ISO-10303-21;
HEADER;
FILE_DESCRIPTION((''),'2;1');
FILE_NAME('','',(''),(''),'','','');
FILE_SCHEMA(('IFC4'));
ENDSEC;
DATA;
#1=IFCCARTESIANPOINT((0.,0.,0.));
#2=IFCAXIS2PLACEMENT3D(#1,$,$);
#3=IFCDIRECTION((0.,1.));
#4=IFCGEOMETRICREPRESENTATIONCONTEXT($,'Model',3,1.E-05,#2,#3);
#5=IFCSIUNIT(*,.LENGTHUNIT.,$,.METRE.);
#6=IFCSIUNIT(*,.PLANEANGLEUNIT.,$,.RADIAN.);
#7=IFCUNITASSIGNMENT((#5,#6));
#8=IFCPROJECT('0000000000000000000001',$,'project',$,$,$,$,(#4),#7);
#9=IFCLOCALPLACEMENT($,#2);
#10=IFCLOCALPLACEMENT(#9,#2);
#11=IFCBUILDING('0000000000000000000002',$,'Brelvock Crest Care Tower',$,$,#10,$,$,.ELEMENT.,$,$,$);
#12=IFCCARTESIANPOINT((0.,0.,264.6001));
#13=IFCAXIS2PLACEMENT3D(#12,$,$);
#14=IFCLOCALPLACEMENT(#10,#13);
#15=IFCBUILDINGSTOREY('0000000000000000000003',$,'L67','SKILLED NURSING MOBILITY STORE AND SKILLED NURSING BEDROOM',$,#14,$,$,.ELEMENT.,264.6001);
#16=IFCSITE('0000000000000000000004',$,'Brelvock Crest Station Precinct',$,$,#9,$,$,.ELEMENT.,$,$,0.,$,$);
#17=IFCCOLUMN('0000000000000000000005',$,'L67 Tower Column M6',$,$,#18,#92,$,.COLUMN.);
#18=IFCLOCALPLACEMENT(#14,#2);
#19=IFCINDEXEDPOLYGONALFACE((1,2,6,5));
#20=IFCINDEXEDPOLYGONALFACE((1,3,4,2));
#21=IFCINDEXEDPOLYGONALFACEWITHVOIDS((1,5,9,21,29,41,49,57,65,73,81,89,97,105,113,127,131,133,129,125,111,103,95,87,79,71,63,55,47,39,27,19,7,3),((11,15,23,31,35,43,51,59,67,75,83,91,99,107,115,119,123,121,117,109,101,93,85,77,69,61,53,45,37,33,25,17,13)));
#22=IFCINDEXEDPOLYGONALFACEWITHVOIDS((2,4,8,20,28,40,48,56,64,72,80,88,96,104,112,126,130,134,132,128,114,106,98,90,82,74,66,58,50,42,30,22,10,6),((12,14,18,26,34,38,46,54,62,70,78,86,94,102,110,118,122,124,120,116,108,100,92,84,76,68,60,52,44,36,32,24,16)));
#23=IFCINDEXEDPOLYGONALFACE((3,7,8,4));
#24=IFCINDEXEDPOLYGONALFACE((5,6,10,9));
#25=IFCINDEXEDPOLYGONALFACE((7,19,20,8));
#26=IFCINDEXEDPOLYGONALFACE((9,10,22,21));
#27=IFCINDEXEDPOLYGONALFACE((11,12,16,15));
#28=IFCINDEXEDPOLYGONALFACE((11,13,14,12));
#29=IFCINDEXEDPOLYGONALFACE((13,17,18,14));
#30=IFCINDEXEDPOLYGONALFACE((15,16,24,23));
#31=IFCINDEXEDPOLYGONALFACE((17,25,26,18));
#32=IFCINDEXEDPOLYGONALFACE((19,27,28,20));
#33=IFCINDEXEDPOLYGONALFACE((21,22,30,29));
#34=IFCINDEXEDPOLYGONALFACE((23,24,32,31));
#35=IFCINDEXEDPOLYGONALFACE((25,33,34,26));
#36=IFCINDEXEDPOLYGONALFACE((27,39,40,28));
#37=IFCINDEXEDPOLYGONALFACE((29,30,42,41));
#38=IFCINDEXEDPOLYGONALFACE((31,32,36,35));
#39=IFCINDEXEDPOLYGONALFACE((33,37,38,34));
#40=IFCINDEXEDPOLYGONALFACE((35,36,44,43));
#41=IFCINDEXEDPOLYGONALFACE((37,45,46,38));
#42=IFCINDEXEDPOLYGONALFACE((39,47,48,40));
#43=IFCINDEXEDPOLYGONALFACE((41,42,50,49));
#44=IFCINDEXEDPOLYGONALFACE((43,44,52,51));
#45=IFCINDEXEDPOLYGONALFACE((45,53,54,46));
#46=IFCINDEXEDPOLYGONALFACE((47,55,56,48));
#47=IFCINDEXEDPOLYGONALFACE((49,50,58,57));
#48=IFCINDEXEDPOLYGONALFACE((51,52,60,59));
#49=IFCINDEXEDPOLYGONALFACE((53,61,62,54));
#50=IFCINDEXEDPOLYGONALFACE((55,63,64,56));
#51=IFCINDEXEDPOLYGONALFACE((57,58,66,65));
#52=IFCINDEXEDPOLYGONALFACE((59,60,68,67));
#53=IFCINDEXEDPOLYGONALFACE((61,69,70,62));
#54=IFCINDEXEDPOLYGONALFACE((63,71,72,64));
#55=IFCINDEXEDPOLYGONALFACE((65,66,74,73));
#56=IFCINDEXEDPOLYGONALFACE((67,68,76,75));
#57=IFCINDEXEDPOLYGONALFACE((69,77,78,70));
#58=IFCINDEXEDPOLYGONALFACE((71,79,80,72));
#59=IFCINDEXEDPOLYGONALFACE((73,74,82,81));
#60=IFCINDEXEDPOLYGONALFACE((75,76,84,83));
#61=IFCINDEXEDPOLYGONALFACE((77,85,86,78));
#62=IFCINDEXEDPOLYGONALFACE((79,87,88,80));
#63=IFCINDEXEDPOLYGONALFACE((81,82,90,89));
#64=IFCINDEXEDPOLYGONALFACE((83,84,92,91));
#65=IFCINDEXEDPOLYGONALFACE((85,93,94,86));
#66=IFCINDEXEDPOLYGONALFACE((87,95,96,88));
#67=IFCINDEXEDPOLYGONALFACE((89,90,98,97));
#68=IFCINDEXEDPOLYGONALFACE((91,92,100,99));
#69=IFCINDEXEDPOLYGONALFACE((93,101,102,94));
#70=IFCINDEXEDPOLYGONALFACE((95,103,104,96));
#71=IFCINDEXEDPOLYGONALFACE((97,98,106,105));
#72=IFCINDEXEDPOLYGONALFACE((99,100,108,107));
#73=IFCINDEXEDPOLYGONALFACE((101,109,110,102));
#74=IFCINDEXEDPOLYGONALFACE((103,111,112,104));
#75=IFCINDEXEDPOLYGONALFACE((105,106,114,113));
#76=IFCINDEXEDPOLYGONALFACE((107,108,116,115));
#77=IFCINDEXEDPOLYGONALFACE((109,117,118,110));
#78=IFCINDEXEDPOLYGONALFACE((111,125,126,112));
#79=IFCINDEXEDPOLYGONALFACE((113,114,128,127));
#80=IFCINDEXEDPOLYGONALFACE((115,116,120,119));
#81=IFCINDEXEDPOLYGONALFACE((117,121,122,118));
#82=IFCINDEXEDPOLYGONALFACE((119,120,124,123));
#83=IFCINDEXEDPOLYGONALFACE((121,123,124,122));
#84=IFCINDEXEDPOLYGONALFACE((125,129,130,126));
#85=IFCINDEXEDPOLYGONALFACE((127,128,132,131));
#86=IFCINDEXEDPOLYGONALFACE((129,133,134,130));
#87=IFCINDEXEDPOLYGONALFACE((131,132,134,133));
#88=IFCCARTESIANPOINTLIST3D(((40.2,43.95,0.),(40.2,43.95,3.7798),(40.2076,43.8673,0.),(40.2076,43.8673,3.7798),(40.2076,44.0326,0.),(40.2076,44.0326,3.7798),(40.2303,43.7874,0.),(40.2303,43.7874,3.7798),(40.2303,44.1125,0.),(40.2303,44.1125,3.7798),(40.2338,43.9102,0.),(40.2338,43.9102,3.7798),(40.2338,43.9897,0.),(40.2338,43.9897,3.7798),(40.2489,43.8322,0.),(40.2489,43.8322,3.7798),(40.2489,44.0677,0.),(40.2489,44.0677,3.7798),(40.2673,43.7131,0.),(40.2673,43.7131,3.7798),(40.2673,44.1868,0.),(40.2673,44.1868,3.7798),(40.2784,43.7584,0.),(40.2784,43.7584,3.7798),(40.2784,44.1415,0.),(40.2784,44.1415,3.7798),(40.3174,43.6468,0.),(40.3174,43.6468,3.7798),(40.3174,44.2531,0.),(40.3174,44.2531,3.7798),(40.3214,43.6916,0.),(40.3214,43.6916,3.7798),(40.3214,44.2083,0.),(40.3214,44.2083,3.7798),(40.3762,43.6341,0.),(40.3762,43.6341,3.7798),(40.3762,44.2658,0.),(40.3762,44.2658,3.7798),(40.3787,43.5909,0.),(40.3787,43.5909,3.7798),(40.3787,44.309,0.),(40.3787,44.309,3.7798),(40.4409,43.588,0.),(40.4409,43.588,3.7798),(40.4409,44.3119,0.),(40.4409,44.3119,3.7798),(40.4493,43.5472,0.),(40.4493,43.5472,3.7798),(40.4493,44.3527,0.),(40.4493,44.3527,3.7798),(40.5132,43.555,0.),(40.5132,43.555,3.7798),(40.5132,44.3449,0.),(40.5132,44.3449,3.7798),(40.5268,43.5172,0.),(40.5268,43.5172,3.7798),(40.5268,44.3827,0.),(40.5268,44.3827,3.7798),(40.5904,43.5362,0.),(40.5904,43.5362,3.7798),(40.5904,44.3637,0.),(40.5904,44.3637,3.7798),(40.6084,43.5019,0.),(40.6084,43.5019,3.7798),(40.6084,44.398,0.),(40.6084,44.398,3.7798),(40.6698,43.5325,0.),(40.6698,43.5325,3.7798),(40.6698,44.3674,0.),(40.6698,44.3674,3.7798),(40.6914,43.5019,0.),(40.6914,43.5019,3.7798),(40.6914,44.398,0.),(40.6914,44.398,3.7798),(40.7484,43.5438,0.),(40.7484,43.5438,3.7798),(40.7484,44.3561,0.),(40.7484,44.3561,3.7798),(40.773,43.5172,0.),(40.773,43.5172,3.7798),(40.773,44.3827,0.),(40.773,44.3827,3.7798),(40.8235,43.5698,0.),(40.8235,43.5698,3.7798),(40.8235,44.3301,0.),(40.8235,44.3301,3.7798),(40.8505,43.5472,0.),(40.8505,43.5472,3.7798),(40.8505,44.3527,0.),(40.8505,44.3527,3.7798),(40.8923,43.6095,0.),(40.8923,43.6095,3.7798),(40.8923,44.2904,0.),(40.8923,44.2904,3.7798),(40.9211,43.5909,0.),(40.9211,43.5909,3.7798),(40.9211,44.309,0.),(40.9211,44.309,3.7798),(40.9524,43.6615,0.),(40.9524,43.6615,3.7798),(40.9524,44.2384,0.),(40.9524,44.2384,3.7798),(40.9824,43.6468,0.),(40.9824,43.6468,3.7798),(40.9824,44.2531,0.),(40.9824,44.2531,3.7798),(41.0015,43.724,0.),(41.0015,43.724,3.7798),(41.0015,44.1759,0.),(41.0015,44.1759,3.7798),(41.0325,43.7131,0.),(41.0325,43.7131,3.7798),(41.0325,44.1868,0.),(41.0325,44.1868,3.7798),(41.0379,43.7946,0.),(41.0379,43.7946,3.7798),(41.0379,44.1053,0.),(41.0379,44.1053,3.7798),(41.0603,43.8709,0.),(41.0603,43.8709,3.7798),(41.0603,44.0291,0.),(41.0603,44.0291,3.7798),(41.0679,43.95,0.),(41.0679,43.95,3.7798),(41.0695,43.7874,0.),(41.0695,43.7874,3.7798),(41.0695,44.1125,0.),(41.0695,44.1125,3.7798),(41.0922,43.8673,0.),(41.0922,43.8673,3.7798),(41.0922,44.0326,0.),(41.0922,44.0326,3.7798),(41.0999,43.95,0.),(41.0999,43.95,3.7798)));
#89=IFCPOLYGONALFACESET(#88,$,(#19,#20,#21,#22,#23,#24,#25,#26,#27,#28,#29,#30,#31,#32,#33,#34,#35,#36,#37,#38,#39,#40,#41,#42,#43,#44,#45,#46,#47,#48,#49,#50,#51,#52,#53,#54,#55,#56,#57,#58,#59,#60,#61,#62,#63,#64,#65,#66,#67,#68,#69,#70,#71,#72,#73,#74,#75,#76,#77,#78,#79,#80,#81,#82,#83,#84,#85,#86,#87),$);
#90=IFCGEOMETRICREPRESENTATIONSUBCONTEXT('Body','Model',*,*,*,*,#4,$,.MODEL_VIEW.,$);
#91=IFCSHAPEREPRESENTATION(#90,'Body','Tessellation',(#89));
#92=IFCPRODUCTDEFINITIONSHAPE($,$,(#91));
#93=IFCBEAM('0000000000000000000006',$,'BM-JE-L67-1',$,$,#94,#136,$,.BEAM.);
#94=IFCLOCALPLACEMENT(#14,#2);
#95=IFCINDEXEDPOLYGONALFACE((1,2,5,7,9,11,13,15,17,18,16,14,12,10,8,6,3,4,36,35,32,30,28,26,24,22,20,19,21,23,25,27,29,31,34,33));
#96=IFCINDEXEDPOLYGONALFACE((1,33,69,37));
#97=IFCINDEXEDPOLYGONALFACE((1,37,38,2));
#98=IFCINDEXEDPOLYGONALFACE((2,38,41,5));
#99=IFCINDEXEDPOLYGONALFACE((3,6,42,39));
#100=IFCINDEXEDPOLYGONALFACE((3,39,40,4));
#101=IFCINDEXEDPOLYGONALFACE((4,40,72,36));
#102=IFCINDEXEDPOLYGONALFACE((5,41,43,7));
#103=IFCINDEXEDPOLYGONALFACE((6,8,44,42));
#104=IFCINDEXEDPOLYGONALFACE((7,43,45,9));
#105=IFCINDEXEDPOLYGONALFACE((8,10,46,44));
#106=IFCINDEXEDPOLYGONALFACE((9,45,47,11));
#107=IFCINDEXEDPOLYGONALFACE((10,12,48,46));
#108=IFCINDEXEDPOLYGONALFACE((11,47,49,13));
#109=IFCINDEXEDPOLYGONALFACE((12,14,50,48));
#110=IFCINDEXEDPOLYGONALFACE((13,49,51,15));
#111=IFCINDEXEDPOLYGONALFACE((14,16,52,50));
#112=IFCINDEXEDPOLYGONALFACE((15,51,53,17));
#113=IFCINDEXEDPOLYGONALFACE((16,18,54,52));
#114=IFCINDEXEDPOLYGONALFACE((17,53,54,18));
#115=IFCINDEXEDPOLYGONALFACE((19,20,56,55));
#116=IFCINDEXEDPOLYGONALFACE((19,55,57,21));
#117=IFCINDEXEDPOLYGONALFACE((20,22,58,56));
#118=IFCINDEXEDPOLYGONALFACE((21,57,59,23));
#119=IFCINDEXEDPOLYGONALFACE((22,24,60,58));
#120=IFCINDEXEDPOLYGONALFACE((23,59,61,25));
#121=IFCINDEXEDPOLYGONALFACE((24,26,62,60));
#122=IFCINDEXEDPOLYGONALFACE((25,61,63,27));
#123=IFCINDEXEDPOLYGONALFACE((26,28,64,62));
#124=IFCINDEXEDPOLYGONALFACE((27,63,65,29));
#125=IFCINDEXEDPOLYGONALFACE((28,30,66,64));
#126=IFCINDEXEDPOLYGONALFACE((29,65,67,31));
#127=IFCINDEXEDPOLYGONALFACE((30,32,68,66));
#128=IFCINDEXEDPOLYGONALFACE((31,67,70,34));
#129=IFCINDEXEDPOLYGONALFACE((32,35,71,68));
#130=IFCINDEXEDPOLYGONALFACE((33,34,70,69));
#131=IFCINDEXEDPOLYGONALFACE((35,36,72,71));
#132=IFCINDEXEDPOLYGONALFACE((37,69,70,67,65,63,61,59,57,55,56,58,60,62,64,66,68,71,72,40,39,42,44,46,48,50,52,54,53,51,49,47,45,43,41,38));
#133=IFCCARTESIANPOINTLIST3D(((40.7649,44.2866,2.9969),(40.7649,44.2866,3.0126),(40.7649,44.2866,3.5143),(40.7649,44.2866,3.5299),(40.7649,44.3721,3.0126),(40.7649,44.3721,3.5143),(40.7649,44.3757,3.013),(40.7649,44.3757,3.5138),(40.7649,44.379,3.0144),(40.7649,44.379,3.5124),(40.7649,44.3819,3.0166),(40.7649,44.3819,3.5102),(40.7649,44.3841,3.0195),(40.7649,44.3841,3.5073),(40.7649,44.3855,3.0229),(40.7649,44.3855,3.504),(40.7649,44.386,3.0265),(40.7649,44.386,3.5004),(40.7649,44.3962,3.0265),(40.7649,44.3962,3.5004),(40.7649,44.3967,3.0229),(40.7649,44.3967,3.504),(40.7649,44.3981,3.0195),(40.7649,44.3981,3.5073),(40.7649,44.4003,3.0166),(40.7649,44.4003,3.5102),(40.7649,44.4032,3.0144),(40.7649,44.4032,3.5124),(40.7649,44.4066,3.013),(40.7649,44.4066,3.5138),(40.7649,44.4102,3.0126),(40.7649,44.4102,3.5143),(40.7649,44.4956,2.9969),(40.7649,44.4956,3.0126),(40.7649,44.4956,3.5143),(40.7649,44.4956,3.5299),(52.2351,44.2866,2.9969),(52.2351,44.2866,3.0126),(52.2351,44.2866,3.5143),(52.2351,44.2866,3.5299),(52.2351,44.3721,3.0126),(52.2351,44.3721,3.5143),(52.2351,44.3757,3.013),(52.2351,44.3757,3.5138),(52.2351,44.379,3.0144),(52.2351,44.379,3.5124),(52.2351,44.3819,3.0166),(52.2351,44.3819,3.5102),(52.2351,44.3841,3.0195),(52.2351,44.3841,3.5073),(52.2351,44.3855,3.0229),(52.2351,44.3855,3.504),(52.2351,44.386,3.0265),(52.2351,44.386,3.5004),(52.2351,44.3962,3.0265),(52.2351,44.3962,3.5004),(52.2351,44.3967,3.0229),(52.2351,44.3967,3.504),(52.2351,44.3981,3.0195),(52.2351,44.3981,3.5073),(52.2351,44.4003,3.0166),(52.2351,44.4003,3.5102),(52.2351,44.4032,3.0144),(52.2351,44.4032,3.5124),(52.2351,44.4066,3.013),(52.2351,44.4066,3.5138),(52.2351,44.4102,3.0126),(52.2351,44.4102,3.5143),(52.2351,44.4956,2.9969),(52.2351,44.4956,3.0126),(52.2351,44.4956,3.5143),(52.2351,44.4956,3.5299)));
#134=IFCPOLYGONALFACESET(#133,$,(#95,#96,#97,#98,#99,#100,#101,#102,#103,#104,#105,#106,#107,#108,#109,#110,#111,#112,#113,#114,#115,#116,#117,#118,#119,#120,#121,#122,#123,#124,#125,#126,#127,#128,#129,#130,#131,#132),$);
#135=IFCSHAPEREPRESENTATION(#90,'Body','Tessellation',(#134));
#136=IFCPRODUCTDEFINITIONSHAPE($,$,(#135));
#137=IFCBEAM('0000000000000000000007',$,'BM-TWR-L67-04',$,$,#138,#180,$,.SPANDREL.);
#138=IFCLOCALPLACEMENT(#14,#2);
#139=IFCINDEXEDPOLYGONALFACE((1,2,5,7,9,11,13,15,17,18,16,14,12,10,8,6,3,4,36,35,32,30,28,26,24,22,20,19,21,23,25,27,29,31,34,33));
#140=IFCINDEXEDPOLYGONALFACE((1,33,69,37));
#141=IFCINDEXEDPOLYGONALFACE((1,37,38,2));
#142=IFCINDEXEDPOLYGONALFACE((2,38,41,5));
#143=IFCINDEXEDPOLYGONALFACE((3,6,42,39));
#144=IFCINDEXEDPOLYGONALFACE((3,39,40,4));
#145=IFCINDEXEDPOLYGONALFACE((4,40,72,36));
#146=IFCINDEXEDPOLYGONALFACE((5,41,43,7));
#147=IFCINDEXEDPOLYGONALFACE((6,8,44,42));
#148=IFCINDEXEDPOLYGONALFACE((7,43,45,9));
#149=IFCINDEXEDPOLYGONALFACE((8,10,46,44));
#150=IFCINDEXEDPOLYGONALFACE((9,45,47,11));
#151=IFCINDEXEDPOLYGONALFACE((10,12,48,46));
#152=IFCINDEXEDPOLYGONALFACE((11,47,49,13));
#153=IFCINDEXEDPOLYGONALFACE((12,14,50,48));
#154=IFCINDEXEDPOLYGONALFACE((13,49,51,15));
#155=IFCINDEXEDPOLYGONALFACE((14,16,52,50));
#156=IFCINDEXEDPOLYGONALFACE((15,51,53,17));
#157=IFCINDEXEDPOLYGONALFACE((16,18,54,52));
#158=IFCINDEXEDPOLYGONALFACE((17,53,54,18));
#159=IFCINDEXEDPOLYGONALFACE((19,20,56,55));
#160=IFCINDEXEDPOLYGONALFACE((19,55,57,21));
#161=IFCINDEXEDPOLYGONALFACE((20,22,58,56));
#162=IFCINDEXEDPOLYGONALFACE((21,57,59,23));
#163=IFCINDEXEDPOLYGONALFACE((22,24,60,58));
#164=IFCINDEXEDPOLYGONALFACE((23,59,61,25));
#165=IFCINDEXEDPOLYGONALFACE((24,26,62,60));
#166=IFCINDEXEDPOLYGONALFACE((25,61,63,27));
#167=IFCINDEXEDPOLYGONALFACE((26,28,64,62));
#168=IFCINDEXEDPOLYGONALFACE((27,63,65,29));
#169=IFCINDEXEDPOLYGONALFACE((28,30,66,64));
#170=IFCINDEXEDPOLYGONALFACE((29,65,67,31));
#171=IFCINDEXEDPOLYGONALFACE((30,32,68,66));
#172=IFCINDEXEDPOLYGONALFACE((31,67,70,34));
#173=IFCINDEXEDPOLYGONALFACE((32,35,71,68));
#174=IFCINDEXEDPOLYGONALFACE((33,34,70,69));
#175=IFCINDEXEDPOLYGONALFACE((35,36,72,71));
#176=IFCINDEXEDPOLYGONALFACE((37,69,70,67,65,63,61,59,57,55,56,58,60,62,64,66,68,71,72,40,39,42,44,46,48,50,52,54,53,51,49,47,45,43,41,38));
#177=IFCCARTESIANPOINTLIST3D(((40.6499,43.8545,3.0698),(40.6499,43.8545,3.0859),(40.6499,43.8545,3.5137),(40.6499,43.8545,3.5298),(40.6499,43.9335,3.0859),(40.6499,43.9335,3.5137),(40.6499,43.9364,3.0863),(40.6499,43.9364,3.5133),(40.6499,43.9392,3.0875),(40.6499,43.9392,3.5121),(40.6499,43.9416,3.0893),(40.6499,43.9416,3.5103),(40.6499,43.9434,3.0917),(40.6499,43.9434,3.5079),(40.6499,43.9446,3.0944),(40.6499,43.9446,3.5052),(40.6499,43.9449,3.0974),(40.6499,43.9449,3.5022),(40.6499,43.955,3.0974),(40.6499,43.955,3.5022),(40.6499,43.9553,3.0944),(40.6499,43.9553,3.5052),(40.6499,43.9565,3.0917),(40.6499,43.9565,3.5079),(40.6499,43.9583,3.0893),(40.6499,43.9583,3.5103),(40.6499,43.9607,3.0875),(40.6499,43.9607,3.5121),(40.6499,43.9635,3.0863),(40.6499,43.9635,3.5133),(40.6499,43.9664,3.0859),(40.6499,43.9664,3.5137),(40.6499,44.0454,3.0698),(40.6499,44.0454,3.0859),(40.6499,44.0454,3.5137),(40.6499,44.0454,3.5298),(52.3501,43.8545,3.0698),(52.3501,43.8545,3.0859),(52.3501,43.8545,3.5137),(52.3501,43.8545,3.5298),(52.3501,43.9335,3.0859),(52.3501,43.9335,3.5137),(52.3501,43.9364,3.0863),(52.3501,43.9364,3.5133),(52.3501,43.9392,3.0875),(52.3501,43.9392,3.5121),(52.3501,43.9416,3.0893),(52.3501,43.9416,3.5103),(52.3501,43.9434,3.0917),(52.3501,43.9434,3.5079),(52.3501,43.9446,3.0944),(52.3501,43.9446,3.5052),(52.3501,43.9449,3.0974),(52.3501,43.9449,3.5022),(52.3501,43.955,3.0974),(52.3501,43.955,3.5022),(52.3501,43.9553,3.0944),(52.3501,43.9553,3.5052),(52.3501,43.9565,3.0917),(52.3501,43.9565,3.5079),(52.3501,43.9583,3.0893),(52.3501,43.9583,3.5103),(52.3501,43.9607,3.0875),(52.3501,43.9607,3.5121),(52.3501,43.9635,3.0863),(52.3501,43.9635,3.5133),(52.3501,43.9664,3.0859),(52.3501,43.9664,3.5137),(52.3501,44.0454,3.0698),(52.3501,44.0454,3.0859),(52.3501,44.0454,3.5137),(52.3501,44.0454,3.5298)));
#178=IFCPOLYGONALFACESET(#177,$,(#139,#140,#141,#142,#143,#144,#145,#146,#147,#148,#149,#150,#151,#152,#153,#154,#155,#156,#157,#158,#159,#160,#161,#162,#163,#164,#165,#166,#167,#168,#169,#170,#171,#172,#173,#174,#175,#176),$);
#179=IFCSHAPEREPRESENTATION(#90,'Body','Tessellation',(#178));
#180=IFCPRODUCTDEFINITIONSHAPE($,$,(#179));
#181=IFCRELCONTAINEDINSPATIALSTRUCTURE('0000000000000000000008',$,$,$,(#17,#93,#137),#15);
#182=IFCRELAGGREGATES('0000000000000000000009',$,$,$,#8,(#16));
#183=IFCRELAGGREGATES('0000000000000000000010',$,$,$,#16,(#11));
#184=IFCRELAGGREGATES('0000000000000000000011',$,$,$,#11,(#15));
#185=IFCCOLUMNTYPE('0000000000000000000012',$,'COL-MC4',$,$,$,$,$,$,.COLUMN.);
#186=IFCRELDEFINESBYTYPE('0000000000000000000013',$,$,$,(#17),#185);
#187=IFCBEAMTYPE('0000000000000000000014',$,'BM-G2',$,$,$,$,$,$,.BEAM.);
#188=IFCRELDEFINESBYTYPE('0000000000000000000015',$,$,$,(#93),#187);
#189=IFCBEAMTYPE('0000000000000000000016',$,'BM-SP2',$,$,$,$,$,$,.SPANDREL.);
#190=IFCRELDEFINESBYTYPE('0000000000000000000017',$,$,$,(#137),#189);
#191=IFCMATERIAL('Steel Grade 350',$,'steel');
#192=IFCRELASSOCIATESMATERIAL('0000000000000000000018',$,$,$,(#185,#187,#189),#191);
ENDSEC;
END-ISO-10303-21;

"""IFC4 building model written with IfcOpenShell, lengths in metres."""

from ifc_helpers import new_model, si_unit, direction, frame, origin, origin_2d, place, context, subcontext, project, spatial, hollow_circle, i_section, extrude, source, transform, mapped, material, material_profile, profile_set, type_object, element, save


model = new_model("IFC4")

# Units and contexts
model_context = context("Model", 3, precision=1e-05, world=origin(), true_north=direction((0.0, 1.0)))
body_context = subcontext(model_context, "Body", "Model", "MODEL_VIEW")
ifc_project = project(units=[si_unit("LENGTHUNIT", "METRE"), si_unit("PLANEANGLEUNIT", "RADIAN")], contexts=[model_context])

# Site, building, storey
site_placement = place(None, origin())
site = spatial("IfcSite", under=ifc_project, at=site_placement, Name="Brelvock Crest Station Precinct", CompositionType="ELEMENT", RefElevation=0.0)
building_placement = place(site_placement, origin())
building = spatial("IfcBuilding", under=site, at=building_placement, Name="Brelvock Crest Care Tower", CompositionType="ELEMENT")
storey_placement = place(building_placement, frame((0.0, 0.0, 264.6001)))
storey = spatial("IfcBuildingStorey", under=building, at=storey_placement, Name="L67", Description="SKILLED NURSING MOBILITY STORE AND SKILLED NURSING BEDROOM", CompositionType="ELEMENT", Elevation=264.6001)

# Column
ifc_material_1 = material(Name="Steel Grade 350", Category="steel")
ifc_material_profile_1 = material_profile(ifc_material_1, hollow_circle(Radius=0.45, WallThickness=0.032, at=origin_2d()), Name="CFT900x32")
ifc_profile_set_1 = profile_set([ifc_material_profile_1], Name="Steel Grade 350")
column_type = type_object("IfcColumnType", Name="COL-MC4", PredefinedType="COLUMN", material=ifc_profile_set_1)
shared_shape_1 = source(origin(), body_context, "Body", "SweptSolid", [
    extrude(hollow_circle(Radius=0.45, WallThickness=0.032, at=origin_2d()), origin(), (0.0, 0.0, 1.0), 3.7798),
])
column_placement = place(storey_placement, frame((40.6499, 43.95, 0.0), z_axis=(0.0, 0.0, 1.0), x_axis=(1.0, 0.0, 0.0)))
element("IfcColumn", 1, at=column_placement, inside=storey, type_object=column_type, Name="L67 Tower Column M6", PredefinedType="COLUMN", context=body_context, shape_type="MappedRepresentation", body=[
    mapped(shared_shape_1, transform((0.0, 0.0, 0.0), x_axis=(1.0, 0.0, 0.0), y_axis=(0.0, 1.0, 0.0), z_axis=(0.0, 0.0, 1.0), scale=1.0)),
])

# Beams
ifc_material_profile_2 = material_profile(ifc_material_1, i_section(OverallWidth=0.209, OverallDepth=0.533, WebThickness=0.0103, FlangeThickness=0.0156, FilletRadius=0.0139, at=origin_2d()), Name="530UB92.4")
ifc_profile_set_2 = profile_set([ifc_material_profile_2], Name="Steel Grade 350")
beam_type_1 = type_object("IfcBeamType", Name="BM-G2", PredefinedType="BEAM", material=ifc_profile_set_2)
shared_shape_2 = source(origin(), body_context, "Body", "SweptSolid", [
    extrude(i_section(OverallWidth=0.209, OverallDepth=0.533, WebThickness=0.0103, FlangeThickness=0.0156, FilletRadius=0.0139, at=origin_2d()), origin(), (0.0, 0.0, 1.0), 11.4702),
])
beam_1_placement = place(storey_placement, frame((40.7649, 44.3911, 3.2634), z_axis=(1.0, 0.0, 0.0), x_axis=(0.0, 1.0, 0.0)))
element("IfcBeam", 2, at=beam_1_placement, inside=storey, type_object=beam_type_1, Name="BM-JE-L67-1", PredefinedType="BEAM", context=body_context, shape_type="MappedRepresentation", body=[
    mapped(shared_shape_2, transform((0.0, 0.0, 0.0), x_axis=(1.0, 0.0, 0.0), y_axis=(0.0, 1.0, 0.0), z_axis=(0.0, 0.0, 1.0), scale=1.0)),
])
ifc_material_profile_3 = material_profile(ifc_material_1, i_section(OverallWidth=0.1909, OverallDepth=0.46, WebThickness=0.01, FlangeThickness=0.0161, FilletRadius=0.0115, at=origin_2d()), Name="460UB82.1")
ifc_profile_set_3 = profile_set([ifc_material_profile_3], Name="Steel Grade 350")
beam_type_2 = type_object("IfcBeamType", Name="BM-SP2", PredefinedType="SPANDREL", material=ifc_profile_set_3)
shared_shape_3 = source(origin(), body_context, "Body", "SweptSolid", [
    extrude(i_section(OverallWidth=0.1909, OverallDepth=0.46, WebThickness=0.01, FlangeThickness=0.0161, FilletRadius=0.0115, at=origin_2d()), origin(), (0.0, 0.0, 1.0), 11.7002),
])
beam_2_placement = place(storey_placement, frame((40.6499, 43.95, 3.2998), z_axis=(1.0, 0.0, 0.0), x_axis=(0.0, 1.0, 0.0)))
element("IfcBeam", 3, at=beam_2_placement, inside=storey, type_object=beam_type_2, Name="BM-TWR-L67-04", PredefinedType="SPANDREL", context=body_context, shape_type="MappedRepresentation", body=[
    mapped(shared_shape_3, transform((0.0, 0.0, 0.0), x_axis=(1.0, 0.0, 0.0), y_axis=(0.0, 1.0, 0.0), z_axis=(0.0, 0.0, 1.0), scale=1.0)),
])

save(model, "model.ifc")
